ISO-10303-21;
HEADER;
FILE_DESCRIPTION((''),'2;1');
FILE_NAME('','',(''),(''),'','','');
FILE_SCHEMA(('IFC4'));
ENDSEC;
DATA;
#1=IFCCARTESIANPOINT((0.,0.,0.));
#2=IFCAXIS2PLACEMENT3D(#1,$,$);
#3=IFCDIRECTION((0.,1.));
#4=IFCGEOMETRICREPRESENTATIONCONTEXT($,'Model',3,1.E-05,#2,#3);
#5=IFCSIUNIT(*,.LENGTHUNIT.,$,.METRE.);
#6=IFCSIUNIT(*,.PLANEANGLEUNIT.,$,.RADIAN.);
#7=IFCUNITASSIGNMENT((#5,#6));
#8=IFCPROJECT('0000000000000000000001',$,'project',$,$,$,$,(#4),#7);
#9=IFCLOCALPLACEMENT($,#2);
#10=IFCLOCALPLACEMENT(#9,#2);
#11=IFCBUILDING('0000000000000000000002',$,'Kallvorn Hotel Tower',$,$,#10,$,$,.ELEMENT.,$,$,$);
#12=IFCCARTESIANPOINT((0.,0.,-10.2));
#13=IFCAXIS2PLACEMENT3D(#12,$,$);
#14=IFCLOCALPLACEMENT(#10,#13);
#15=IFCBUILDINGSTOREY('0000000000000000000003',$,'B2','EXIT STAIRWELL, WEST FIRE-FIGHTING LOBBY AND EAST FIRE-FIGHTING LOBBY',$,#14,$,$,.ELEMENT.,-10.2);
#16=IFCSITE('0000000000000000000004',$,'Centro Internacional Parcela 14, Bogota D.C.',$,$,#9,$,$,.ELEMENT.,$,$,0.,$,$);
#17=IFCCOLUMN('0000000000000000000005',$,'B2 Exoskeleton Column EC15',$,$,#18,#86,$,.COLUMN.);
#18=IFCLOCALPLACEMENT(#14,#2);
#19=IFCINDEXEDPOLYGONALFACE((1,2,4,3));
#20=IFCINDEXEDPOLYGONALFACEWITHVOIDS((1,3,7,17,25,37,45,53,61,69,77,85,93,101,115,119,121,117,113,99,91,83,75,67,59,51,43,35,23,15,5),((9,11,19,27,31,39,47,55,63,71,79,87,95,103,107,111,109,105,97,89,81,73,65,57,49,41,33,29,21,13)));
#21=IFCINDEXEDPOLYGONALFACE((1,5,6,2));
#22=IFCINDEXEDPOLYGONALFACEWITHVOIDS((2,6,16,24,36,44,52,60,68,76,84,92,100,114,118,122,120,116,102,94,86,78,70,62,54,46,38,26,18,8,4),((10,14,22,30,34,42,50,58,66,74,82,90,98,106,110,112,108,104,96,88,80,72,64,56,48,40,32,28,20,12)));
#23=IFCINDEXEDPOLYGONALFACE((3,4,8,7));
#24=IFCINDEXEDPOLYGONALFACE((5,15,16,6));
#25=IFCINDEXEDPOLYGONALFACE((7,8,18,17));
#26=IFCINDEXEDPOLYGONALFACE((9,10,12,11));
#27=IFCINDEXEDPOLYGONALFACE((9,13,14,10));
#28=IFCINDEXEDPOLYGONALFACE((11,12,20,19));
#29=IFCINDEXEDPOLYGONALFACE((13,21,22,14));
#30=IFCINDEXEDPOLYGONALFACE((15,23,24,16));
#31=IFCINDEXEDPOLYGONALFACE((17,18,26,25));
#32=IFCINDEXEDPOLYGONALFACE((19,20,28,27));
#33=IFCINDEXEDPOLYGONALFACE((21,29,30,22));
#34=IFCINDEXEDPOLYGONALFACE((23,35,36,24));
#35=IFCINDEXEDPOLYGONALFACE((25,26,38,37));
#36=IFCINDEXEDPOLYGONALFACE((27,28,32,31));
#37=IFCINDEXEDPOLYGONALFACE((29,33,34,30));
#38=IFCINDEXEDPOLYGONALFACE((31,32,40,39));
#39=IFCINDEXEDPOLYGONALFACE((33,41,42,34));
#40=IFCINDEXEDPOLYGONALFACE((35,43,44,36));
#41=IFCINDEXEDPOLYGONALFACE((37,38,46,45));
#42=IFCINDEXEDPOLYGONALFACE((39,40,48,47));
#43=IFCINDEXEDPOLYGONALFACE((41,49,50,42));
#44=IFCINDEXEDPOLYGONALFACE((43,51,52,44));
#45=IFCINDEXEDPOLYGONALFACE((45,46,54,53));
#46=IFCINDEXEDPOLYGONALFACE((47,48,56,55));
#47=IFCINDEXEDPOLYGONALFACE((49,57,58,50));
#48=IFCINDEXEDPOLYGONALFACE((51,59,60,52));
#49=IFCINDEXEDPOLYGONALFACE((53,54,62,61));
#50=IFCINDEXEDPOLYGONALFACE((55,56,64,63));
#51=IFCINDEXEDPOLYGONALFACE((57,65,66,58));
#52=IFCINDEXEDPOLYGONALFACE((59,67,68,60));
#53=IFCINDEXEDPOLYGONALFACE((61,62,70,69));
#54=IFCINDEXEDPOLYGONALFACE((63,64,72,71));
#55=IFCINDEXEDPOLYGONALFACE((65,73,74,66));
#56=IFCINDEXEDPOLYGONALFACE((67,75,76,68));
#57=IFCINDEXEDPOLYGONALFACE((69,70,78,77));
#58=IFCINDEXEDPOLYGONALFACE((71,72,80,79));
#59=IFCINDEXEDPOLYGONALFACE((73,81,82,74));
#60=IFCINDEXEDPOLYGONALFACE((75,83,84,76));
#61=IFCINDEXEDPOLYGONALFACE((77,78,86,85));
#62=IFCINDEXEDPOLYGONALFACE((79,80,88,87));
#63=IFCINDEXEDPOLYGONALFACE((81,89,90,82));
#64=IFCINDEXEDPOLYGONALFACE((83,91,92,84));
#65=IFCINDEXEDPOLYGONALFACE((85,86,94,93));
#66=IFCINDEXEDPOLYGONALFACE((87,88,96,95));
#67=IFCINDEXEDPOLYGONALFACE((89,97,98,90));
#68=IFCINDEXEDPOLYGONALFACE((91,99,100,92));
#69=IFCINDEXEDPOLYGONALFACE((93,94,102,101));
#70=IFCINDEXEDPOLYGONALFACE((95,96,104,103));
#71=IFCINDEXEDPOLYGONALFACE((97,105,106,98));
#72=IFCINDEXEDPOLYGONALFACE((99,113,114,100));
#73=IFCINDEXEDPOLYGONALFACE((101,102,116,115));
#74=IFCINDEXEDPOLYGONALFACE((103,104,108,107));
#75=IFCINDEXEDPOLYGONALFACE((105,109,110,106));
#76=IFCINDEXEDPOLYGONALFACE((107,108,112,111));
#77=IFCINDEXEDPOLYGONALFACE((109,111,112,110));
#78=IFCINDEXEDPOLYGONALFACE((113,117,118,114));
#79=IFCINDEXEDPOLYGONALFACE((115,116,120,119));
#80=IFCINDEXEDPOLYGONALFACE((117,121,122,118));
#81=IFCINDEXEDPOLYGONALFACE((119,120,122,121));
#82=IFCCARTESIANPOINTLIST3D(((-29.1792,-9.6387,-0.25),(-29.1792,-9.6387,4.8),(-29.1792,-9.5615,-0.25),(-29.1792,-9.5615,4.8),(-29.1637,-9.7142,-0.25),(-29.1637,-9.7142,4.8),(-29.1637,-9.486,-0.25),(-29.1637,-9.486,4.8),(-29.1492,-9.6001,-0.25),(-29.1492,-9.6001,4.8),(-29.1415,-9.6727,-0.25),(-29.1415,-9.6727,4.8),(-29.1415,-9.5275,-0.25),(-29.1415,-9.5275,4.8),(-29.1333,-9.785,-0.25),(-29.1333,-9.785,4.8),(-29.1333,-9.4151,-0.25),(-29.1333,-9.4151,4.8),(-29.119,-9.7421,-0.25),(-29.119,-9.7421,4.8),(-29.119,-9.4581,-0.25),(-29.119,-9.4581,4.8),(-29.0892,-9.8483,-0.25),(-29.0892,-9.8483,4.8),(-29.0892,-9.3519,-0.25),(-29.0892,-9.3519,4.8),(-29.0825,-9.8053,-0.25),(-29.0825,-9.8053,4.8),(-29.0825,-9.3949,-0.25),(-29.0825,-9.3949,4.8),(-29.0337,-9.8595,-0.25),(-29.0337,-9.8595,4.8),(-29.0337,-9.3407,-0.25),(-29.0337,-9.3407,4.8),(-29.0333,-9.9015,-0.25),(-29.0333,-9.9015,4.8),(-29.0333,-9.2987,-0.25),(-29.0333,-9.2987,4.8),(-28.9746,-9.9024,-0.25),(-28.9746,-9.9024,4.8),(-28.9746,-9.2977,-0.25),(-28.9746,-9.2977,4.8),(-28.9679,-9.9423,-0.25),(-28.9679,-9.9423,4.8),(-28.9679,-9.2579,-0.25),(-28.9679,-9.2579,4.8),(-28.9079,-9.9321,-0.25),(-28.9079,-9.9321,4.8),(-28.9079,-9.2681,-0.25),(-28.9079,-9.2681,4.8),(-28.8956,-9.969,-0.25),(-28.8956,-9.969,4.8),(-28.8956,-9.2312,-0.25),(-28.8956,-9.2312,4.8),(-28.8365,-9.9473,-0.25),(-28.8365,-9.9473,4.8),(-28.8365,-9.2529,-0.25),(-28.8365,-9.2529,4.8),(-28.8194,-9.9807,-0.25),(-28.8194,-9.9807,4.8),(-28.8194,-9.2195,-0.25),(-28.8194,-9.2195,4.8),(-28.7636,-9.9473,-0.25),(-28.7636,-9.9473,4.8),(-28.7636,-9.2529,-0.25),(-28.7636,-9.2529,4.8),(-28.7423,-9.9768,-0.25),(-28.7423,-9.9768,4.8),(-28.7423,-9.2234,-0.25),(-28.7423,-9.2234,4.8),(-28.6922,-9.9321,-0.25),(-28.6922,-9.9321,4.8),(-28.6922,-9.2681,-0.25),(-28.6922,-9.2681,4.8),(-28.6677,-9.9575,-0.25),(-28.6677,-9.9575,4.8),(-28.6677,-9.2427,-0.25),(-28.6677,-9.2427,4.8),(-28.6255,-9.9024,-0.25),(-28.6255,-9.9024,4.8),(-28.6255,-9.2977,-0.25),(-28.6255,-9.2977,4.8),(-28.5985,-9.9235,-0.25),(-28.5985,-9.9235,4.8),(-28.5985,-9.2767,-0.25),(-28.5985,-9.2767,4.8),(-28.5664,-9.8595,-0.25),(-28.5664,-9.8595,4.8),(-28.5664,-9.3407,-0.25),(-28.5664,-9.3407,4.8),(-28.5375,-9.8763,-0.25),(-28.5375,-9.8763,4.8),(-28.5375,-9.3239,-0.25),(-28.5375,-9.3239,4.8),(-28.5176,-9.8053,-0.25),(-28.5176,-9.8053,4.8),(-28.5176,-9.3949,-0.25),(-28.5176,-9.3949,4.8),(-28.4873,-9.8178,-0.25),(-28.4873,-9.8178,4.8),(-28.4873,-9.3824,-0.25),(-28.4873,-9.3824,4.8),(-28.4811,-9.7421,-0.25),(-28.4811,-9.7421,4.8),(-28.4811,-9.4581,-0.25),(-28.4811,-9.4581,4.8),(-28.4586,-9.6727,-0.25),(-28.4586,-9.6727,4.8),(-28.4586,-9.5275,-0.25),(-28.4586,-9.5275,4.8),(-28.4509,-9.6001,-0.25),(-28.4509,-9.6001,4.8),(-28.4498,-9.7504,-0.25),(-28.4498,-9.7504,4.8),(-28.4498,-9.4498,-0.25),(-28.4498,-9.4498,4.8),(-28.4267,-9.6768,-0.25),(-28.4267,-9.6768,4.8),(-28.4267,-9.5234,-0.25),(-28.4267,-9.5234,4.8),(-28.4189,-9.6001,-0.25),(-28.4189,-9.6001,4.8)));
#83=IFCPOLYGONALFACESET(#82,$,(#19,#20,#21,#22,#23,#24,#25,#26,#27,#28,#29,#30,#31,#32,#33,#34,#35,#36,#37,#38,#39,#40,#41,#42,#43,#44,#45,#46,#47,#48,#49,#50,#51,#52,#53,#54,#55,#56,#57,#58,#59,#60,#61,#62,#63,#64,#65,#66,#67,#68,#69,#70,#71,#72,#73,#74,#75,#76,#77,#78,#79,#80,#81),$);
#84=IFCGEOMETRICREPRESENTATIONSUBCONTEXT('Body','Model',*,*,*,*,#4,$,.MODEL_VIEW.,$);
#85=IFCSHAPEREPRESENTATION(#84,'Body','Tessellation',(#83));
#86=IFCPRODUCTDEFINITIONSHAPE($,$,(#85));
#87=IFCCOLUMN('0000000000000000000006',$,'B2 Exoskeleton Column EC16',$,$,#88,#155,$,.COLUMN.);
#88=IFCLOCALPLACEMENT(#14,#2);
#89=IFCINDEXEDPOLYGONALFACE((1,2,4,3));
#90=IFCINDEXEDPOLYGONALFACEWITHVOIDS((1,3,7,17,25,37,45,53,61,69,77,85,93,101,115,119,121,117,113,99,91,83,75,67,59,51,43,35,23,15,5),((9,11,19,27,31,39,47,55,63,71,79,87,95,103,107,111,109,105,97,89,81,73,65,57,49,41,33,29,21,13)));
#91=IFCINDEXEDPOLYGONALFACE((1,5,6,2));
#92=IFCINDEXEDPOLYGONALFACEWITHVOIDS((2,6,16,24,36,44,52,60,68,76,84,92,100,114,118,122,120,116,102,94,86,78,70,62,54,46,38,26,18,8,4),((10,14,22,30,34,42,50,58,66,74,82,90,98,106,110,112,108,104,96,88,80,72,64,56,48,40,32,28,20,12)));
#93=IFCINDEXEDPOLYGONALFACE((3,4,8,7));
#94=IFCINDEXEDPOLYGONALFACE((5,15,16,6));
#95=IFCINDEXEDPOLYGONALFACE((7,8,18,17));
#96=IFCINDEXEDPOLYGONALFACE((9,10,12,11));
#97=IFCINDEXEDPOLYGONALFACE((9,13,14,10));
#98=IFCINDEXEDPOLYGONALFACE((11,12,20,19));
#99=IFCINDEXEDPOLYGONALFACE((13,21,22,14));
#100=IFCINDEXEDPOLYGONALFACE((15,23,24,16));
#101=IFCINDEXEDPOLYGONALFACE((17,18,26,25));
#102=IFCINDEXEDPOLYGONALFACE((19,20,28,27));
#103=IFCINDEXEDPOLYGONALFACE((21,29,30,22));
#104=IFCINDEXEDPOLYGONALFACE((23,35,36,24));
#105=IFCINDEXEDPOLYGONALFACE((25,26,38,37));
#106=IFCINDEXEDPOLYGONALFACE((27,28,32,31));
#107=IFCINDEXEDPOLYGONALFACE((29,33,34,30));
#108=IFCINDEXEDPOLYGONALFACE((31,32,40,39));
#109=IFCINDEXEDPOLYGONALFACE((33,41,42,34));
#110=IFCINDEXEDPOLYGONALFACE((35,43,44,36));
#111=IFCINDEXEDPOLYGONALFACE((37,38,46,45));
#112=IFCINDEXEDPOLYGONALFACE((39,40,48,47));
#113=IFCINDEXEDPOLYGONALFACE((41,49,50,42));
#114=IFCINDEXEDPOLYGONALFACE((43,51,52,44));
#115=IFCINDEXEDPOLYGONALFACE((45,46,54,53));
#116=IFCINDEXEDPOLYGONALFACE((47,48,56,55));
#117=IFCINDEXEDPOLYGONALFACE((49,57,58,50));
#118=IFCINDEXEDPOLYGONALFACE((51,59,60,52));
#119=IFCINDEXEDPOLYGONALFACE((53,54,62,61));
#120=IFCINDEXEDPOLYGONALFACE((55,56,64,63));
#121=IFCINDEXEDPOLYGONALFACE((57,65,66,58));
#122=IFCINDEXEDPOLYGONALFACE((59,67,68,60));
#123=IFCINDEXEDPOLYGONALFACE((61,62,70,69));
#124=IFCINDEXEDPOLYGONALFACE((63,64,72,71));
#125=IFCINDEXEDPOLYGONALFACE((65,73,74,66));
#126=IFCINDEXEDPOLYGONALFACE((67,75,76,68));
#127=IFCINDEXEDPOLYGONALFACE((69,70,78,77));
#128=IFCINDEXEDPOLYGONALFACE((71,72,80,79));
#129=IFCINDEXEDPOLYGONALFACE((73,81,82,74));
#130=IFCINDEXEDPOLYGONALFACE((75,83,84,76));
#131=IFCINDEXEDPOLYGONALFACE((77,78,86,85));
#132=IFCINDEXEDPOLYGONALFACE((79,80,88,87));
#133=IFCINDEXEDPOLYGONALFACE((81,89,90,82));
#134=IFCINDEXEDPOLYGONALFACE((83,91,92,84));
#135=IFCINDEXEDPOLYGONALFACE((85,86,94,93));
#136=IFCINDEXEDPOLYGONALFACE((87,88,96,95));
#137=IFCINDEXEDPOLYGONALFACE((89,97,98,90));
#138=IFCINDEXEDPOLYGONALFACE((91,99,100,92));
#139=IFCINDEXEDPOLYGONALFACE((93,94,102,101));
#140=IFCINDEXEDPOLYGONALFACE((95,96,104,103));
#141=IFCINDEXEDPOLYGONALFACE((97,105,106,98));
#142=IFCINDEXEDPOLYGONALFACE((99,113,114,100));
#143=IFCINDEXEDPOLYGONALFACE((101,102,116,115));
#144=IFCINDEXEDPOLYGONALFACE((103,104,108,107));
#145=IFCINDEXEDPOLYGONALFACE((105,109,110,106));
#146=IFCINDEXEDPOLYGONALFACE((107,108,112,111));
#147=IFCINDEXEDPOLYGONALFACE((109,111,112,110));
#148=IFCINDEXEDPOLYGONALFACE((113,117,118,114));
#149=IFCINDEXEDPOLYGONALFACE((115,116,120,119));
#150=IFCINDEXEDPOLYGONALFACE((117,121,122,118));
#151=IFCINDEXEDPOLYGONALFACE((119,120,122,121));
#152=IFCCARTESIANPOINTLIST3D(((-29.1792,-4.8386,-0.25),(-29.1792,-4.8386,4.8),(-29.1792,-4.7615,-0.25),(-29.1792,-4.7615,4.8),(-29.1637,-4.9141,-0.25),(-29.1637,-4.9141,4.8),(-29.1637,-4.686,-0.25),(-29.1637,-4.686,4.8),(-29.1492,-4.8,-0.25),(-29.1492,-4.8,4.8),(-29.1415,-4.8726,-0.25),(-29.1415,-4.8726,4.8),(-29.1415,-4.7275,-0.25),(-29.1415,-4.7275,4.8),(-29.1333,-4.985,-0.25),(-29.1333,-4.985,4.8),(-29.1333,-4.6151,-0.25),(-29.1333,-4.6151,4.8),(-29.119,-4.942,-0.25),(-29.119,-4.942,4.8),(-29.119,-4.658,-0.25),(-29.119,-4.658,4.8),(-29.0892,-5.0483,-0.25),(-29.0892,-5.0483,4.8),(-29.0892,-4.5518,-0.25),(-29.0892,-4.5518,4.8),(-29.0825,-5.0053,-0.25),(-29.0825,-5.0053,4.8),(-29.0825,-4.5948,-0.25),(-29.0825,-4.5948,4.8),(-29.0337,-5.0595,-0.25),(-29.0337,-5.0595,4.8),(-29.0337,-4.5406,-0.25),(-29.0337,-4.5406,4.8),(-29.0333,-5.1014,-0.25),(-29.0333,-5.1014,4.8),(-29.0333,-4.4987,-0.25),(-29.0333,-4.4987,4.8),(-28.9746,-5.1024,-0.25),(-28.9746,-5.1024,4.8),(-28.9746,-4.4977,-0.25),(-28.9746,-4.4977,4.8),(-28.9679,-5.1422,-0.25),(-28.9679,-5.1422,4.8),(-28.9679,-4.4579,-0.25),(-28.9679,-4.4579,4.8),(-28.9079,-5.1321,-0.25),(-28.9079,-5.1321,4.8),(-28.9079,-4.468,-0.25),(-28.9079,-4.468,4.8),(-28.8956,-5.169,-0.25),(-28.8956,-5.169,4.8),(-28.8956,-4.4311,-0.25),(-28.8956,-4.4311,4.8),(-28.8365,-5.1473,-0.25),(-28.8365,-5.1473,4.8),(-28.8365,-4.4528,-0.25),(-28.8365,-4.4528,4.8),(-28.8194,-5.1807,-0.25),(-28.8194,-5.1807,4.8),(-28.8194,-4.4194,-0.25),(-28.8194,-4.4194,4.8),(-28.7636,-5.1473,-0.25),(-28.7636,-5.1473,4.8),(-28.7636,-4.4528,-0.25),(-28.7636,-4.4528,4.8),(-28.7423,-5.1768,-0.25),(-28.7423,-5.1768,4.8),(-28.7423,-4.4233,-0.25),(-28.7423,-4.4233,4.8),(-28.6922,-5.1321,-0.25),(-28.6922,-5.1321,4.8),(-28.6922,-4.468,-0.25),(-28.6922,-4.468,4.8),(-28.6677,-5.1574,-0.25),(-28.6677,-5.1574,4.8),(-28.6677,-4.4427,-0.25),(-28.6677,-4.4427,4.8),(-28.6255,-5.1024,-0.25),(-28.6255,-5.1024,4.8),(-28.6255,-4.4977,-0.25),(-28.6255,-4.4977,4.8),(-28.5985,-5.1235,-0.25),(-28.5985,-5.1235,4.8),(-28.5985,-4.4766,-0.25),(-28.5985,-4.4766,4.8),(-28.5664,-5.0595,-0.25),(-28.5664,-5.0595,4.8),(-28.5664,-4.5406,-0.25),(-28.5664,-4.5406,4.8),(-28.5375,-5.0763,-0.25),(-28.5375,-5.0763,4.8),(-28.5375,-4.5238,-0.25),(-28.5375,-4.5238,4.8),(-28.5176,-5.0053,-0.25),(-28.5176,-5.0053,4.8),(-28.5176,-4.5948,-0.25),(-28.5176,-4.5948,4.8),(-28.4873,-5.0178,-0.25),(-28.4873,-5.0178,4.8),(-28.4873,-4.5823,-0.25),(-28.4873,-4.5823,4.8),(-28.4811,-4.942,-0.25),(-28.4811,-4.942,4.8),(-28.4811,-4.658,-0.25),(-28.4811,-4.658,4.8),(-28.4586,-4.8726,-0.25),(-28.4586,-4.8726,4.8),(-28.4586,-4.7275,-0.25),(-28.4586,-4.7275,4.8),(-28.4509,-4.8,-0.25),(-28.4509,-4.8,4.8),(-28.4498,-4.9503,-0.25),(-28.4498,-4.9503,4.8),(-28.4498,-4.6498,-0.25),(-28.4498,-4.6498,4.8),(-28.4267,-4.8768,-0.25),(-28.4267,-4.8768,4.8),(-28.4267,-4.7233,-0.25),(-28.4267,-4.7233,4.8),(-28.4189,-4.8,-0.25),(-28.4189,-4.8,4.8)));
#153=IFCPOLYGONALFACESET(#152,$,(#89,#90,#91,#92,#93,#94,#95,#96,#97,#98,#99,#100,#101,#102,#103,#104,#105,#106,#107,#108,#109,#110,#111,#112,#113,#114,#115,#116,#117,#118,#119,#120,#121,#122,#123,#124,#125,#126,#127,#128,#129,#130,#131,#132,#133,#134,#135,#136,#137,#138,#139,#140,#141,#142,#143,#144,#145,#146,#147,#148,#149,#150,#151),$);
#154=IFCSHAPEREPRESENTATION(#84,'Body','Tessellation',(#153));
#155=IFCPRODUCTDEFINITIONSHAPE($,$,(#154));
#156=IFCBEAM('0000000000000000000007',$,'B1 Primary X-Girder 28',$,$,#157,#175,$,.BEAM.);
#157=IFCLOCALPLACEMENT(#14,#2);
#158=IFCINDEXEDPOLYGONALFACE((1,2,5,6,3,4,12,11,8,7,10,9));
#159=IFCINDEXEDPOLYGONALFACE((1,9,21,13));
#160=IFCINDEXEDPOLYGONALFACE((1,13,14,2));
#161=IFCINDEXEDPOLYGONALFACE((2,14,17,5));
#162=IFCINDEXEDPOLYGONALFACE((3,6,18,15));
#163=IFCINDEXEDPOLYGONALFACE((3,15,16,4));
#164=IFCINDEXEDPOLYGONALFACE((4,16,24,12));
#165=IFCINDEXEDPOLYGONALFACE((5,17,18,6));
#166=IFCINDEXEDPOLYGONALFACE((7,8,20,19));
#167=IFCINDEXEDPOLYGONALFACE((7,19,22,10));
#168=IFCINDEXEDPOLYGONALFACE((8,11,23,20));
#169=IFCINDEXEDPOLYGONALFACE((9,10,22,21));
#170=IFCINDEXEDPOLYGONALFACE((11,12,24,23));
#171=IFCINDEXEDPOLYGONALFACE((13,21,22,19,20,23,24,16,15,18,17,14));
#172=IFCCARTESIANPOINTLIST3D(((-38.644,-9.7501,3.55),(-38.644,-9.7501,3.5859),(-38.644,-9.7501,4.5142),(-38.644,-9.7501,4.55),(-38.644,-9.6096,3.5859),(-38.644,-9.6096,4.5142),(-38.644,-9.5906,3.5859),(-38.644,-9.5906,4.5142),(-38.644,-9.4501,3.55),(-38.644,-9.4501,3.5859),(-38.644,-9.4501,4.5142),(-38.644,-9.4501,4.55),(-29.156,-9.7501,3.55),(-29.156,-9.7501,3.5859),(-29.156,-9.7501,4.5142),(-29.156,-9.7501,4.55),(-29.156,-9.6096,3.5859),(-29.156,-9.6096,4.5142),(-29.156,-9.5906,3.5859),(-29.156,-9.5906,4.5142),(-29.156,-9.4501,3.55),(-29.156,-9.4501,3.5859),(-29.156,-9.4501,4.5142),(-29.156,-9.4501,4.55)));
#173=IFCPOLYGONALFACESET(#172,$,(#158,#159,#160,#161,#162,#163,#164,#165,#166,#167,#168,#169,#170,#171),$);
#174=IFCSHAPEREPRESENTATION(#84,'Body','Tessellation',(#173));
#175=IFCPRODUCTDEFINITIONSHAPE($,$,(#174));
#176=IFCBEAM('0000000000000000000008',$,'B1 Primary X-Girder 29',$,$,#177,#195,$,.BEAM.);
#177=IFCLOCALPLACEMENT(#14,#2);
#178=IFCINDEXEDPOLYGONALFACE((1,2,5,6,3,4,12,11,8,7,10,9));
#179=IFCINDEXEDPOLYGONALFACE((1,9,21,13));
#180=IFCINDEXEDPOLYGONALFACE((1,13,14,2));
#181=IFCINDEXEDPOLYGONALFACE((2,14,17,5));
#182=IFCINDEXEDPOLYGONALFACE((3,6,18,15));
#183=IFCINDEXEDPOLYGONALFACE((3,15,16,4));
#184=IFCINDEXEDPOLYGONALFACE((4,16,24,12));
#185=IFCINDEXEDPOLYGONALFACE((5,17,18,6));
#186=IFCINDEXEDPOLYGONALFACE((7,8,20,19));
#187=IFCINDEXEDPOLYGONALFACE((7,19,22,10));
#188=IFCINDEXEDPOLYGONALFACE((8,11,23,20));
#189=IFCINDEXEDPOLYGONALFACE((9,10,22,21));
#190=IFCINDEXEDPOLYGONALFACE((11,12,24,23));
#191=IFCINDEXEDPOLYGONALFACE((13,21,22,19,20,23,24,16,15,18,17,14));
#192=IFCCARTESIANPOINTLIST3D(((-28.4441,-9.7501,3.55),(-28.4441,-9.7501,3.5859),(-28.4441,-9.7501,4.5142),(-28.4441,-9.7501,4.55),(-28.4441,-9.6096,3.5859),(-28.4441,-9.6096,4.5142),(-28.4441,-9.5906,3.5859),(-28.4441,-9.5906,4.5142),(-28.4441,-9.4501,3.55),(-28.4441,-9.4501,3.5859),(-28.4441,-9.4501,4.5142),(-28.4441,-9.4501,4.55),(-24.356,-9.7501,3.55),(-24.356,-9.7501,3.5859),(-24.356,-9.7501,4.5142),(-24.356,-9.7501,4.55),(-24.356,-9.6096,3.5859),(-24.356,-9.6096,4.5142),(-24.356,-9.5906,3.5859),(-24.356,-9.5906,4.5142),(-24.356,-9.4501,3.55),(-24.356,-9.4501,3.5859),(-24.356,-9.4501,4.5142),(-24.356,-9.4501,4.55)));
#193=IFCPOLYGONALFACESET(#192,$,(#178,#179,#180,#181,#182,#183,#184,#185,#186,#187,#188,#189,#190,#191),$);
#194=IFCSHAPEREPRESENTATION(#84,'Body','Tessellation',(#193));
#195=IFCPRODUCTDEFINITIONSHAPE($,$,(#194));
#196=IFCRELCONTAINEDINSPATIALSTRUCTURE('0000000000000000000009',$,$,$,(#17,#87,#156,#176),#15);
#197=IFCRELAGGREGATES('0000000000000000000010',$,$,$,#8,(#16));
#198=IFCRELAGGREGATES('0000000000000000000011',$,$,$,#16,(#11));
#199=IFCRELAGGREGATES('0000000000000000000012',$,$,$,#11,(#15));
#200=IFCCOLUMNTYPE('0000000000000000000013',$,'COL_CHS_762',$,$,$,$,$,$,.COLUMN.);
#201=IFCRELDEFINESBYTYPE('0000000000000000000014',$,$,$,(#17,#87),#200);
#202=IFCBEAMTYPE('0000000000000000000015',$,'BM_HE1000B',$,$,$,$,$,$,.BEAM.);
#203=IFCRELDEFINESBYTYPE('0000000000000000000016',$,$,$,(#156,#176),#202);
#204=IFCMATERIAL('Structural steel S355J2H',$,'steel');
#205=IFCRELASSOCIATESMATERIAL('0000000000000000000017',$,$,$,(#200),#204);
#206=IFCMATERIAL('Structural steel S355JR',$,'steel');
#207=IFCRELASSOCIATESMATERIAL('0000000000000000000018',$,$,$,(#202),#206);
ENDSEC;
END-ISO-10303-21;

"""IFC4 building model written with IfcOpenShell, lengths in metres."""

from ifc_helpers import new_model, si_unit, direction, frame, origin, origin_2d, place, context, subcontext, project, spatial, hollow_circle, i_section, extrude, material, material_profile, profile_set, type_object, element, save


model = new_model("IFC4")

# Units and contexts
model_context = context("Model", 3, precision=1e-05, world=origin(), true_north=direction((0.0, 1.0)))
body_context = subcontext(model_context, "Body", "Model", "MODEL_VIEW")
ifc_project = project(units=[si_unit("LENGTHUNIT", "METRE"), si_unit("PLANEANGLEUNIT", "RADIAN")], contexts=[model_context])

# Site, building, storey
site_placement = place(None, origin())
site = spatial("IfcSite", under=ifc_project, at=site_placement, Name="Centro Internacional Parcela 14, Bogota D.C.", CompositionType="ELEMENT", RefElevation=0.0)
building_placement = place(site_placement, origin())
building = spatial("IfcBuilding", under=site, at=building_placement, Name="Kallvorn Hotel Tower", CompositionType="ELEMENT")
storey_placement = place(building_placement, frame((0.0, 0.0, -10.2)))
storey = spatial("IfcBuildingStorey", under=building, at=storey_placement, Name="B2", Description="EXIT STAIRWELL, WEST FIRE-FIGHTING LOBBY AND EAST FIRE-FIGHTING LOBBY", CompositionType="ELEMENT", Elevation=-10.2)

# Columns
ifc_material_1 = material(Name="Structural steel S355J2H", Category="steel")
ifc_material_profile_1 = material_profile(ifc_material_1, hollow_circle(Radius=0.3811, WallThickness=0.032, at=origin_2d()), Name="CHS 762x32")
ifc_profile_set_1 = profile_set([ifc_material_profile_1], Name="Structural steel S355J2H")
column_type = type_object("IfcColumnType", Name="COL_CHS_762", PredefinedType="COLUMN", material=ifc_profile_set_1)
for number, where, z_axis, x_axis, name in (
    (1, (-28.8, -9.6001, -0.25), (0.0, 0.0, 1.0), (1.0, 0.0, 0.0), "B2 Exoskeleton Column EC15"),
    (2, (-28.8, -4.8, -0.25), (0.0, 0.0, 1.0), (1.0, 0.0, 0.0), "B2 Exoskeleton Column EC16"),
):
    element("IfcColumn", number, at=place(storey_placement, frame(where, z_axis=z_axis, x_axis=x_axis)), inside=storey, type_object=column_type, Name=name, PredefinedType="COLUMN", context=body_context, shape_type="SweptSolid", body=[
        extrude(hollow_circle(Radius=0.3811, WallThickness=0.032, at=origin_2d()), origin(), (0.0, 0.0, 1.0), 5.05),
    ])

# Beams
ifc_material_2 = material(Name="Structural steel S355JR", Category="steel")
ifc_material_profile_2 = material_profile(ifc_material_2, i_section(OverallWidth=0.3, OverallDepth=1.0, WebThickness=0.019, FlangeThickness=0.0359, at=origin_2d()), Name="HE 1000 B")
ifc_profile_set_2 = profile_set([ifc_material_profile_2], Name="Structural steel S355JR")
beam_type_1 = type_object("IfcBeamType", Name="BM_HE1000B", PredefinedType="BEAM", material=ifc_profile_set_2)
beam_1_placement = place(storey_placement, frame((-38.644, -9.6001, 4.05), z_axis=(1.0, 0.0, 0.0), x_axis=(0.0, 1.0, 0.0)))
element("IfcBeam", 3, at=beam_1_placement, inside=storey, type_object=beam_type_1, Name="B1 Primary X-Girder 28", PredefinedType="BEAM", context=body_context, shape_type="SweptSolid", body=[
    extrude(i_section(OverallWidth=0.3, OverallDepth=1.0, WebThickness=0.019, FlangeThickness=0.0359, at=origin_2d()), origin(), (0.0, 0.0, 1.0), 9.488),
])
beam_2_placement = place(storey_placement, frame((-28.4441, -9.6001, 4.05), z_axis=(1.0, 0.0, 0.0), x_axis=(0.0, 1.0, 0.0)))
element("IfcBeam", 4, at=beam_2_placement, inside=storey, type_object=beam_type_1, Name="B1 Primary X-Girder 29", PredefinedType="BEAM", context=body_context, shape_type="SweptSolid", body=[
    extrude(i_section(OverallWidth=0.3, OverallDepth=1.0, WebThickness=0.019, FlangeThickness=0.0359, at=origin_2d()), origin(), (0.0, 0.0, 1.0), 4.0881),
])

save(model, "model.ifc")
